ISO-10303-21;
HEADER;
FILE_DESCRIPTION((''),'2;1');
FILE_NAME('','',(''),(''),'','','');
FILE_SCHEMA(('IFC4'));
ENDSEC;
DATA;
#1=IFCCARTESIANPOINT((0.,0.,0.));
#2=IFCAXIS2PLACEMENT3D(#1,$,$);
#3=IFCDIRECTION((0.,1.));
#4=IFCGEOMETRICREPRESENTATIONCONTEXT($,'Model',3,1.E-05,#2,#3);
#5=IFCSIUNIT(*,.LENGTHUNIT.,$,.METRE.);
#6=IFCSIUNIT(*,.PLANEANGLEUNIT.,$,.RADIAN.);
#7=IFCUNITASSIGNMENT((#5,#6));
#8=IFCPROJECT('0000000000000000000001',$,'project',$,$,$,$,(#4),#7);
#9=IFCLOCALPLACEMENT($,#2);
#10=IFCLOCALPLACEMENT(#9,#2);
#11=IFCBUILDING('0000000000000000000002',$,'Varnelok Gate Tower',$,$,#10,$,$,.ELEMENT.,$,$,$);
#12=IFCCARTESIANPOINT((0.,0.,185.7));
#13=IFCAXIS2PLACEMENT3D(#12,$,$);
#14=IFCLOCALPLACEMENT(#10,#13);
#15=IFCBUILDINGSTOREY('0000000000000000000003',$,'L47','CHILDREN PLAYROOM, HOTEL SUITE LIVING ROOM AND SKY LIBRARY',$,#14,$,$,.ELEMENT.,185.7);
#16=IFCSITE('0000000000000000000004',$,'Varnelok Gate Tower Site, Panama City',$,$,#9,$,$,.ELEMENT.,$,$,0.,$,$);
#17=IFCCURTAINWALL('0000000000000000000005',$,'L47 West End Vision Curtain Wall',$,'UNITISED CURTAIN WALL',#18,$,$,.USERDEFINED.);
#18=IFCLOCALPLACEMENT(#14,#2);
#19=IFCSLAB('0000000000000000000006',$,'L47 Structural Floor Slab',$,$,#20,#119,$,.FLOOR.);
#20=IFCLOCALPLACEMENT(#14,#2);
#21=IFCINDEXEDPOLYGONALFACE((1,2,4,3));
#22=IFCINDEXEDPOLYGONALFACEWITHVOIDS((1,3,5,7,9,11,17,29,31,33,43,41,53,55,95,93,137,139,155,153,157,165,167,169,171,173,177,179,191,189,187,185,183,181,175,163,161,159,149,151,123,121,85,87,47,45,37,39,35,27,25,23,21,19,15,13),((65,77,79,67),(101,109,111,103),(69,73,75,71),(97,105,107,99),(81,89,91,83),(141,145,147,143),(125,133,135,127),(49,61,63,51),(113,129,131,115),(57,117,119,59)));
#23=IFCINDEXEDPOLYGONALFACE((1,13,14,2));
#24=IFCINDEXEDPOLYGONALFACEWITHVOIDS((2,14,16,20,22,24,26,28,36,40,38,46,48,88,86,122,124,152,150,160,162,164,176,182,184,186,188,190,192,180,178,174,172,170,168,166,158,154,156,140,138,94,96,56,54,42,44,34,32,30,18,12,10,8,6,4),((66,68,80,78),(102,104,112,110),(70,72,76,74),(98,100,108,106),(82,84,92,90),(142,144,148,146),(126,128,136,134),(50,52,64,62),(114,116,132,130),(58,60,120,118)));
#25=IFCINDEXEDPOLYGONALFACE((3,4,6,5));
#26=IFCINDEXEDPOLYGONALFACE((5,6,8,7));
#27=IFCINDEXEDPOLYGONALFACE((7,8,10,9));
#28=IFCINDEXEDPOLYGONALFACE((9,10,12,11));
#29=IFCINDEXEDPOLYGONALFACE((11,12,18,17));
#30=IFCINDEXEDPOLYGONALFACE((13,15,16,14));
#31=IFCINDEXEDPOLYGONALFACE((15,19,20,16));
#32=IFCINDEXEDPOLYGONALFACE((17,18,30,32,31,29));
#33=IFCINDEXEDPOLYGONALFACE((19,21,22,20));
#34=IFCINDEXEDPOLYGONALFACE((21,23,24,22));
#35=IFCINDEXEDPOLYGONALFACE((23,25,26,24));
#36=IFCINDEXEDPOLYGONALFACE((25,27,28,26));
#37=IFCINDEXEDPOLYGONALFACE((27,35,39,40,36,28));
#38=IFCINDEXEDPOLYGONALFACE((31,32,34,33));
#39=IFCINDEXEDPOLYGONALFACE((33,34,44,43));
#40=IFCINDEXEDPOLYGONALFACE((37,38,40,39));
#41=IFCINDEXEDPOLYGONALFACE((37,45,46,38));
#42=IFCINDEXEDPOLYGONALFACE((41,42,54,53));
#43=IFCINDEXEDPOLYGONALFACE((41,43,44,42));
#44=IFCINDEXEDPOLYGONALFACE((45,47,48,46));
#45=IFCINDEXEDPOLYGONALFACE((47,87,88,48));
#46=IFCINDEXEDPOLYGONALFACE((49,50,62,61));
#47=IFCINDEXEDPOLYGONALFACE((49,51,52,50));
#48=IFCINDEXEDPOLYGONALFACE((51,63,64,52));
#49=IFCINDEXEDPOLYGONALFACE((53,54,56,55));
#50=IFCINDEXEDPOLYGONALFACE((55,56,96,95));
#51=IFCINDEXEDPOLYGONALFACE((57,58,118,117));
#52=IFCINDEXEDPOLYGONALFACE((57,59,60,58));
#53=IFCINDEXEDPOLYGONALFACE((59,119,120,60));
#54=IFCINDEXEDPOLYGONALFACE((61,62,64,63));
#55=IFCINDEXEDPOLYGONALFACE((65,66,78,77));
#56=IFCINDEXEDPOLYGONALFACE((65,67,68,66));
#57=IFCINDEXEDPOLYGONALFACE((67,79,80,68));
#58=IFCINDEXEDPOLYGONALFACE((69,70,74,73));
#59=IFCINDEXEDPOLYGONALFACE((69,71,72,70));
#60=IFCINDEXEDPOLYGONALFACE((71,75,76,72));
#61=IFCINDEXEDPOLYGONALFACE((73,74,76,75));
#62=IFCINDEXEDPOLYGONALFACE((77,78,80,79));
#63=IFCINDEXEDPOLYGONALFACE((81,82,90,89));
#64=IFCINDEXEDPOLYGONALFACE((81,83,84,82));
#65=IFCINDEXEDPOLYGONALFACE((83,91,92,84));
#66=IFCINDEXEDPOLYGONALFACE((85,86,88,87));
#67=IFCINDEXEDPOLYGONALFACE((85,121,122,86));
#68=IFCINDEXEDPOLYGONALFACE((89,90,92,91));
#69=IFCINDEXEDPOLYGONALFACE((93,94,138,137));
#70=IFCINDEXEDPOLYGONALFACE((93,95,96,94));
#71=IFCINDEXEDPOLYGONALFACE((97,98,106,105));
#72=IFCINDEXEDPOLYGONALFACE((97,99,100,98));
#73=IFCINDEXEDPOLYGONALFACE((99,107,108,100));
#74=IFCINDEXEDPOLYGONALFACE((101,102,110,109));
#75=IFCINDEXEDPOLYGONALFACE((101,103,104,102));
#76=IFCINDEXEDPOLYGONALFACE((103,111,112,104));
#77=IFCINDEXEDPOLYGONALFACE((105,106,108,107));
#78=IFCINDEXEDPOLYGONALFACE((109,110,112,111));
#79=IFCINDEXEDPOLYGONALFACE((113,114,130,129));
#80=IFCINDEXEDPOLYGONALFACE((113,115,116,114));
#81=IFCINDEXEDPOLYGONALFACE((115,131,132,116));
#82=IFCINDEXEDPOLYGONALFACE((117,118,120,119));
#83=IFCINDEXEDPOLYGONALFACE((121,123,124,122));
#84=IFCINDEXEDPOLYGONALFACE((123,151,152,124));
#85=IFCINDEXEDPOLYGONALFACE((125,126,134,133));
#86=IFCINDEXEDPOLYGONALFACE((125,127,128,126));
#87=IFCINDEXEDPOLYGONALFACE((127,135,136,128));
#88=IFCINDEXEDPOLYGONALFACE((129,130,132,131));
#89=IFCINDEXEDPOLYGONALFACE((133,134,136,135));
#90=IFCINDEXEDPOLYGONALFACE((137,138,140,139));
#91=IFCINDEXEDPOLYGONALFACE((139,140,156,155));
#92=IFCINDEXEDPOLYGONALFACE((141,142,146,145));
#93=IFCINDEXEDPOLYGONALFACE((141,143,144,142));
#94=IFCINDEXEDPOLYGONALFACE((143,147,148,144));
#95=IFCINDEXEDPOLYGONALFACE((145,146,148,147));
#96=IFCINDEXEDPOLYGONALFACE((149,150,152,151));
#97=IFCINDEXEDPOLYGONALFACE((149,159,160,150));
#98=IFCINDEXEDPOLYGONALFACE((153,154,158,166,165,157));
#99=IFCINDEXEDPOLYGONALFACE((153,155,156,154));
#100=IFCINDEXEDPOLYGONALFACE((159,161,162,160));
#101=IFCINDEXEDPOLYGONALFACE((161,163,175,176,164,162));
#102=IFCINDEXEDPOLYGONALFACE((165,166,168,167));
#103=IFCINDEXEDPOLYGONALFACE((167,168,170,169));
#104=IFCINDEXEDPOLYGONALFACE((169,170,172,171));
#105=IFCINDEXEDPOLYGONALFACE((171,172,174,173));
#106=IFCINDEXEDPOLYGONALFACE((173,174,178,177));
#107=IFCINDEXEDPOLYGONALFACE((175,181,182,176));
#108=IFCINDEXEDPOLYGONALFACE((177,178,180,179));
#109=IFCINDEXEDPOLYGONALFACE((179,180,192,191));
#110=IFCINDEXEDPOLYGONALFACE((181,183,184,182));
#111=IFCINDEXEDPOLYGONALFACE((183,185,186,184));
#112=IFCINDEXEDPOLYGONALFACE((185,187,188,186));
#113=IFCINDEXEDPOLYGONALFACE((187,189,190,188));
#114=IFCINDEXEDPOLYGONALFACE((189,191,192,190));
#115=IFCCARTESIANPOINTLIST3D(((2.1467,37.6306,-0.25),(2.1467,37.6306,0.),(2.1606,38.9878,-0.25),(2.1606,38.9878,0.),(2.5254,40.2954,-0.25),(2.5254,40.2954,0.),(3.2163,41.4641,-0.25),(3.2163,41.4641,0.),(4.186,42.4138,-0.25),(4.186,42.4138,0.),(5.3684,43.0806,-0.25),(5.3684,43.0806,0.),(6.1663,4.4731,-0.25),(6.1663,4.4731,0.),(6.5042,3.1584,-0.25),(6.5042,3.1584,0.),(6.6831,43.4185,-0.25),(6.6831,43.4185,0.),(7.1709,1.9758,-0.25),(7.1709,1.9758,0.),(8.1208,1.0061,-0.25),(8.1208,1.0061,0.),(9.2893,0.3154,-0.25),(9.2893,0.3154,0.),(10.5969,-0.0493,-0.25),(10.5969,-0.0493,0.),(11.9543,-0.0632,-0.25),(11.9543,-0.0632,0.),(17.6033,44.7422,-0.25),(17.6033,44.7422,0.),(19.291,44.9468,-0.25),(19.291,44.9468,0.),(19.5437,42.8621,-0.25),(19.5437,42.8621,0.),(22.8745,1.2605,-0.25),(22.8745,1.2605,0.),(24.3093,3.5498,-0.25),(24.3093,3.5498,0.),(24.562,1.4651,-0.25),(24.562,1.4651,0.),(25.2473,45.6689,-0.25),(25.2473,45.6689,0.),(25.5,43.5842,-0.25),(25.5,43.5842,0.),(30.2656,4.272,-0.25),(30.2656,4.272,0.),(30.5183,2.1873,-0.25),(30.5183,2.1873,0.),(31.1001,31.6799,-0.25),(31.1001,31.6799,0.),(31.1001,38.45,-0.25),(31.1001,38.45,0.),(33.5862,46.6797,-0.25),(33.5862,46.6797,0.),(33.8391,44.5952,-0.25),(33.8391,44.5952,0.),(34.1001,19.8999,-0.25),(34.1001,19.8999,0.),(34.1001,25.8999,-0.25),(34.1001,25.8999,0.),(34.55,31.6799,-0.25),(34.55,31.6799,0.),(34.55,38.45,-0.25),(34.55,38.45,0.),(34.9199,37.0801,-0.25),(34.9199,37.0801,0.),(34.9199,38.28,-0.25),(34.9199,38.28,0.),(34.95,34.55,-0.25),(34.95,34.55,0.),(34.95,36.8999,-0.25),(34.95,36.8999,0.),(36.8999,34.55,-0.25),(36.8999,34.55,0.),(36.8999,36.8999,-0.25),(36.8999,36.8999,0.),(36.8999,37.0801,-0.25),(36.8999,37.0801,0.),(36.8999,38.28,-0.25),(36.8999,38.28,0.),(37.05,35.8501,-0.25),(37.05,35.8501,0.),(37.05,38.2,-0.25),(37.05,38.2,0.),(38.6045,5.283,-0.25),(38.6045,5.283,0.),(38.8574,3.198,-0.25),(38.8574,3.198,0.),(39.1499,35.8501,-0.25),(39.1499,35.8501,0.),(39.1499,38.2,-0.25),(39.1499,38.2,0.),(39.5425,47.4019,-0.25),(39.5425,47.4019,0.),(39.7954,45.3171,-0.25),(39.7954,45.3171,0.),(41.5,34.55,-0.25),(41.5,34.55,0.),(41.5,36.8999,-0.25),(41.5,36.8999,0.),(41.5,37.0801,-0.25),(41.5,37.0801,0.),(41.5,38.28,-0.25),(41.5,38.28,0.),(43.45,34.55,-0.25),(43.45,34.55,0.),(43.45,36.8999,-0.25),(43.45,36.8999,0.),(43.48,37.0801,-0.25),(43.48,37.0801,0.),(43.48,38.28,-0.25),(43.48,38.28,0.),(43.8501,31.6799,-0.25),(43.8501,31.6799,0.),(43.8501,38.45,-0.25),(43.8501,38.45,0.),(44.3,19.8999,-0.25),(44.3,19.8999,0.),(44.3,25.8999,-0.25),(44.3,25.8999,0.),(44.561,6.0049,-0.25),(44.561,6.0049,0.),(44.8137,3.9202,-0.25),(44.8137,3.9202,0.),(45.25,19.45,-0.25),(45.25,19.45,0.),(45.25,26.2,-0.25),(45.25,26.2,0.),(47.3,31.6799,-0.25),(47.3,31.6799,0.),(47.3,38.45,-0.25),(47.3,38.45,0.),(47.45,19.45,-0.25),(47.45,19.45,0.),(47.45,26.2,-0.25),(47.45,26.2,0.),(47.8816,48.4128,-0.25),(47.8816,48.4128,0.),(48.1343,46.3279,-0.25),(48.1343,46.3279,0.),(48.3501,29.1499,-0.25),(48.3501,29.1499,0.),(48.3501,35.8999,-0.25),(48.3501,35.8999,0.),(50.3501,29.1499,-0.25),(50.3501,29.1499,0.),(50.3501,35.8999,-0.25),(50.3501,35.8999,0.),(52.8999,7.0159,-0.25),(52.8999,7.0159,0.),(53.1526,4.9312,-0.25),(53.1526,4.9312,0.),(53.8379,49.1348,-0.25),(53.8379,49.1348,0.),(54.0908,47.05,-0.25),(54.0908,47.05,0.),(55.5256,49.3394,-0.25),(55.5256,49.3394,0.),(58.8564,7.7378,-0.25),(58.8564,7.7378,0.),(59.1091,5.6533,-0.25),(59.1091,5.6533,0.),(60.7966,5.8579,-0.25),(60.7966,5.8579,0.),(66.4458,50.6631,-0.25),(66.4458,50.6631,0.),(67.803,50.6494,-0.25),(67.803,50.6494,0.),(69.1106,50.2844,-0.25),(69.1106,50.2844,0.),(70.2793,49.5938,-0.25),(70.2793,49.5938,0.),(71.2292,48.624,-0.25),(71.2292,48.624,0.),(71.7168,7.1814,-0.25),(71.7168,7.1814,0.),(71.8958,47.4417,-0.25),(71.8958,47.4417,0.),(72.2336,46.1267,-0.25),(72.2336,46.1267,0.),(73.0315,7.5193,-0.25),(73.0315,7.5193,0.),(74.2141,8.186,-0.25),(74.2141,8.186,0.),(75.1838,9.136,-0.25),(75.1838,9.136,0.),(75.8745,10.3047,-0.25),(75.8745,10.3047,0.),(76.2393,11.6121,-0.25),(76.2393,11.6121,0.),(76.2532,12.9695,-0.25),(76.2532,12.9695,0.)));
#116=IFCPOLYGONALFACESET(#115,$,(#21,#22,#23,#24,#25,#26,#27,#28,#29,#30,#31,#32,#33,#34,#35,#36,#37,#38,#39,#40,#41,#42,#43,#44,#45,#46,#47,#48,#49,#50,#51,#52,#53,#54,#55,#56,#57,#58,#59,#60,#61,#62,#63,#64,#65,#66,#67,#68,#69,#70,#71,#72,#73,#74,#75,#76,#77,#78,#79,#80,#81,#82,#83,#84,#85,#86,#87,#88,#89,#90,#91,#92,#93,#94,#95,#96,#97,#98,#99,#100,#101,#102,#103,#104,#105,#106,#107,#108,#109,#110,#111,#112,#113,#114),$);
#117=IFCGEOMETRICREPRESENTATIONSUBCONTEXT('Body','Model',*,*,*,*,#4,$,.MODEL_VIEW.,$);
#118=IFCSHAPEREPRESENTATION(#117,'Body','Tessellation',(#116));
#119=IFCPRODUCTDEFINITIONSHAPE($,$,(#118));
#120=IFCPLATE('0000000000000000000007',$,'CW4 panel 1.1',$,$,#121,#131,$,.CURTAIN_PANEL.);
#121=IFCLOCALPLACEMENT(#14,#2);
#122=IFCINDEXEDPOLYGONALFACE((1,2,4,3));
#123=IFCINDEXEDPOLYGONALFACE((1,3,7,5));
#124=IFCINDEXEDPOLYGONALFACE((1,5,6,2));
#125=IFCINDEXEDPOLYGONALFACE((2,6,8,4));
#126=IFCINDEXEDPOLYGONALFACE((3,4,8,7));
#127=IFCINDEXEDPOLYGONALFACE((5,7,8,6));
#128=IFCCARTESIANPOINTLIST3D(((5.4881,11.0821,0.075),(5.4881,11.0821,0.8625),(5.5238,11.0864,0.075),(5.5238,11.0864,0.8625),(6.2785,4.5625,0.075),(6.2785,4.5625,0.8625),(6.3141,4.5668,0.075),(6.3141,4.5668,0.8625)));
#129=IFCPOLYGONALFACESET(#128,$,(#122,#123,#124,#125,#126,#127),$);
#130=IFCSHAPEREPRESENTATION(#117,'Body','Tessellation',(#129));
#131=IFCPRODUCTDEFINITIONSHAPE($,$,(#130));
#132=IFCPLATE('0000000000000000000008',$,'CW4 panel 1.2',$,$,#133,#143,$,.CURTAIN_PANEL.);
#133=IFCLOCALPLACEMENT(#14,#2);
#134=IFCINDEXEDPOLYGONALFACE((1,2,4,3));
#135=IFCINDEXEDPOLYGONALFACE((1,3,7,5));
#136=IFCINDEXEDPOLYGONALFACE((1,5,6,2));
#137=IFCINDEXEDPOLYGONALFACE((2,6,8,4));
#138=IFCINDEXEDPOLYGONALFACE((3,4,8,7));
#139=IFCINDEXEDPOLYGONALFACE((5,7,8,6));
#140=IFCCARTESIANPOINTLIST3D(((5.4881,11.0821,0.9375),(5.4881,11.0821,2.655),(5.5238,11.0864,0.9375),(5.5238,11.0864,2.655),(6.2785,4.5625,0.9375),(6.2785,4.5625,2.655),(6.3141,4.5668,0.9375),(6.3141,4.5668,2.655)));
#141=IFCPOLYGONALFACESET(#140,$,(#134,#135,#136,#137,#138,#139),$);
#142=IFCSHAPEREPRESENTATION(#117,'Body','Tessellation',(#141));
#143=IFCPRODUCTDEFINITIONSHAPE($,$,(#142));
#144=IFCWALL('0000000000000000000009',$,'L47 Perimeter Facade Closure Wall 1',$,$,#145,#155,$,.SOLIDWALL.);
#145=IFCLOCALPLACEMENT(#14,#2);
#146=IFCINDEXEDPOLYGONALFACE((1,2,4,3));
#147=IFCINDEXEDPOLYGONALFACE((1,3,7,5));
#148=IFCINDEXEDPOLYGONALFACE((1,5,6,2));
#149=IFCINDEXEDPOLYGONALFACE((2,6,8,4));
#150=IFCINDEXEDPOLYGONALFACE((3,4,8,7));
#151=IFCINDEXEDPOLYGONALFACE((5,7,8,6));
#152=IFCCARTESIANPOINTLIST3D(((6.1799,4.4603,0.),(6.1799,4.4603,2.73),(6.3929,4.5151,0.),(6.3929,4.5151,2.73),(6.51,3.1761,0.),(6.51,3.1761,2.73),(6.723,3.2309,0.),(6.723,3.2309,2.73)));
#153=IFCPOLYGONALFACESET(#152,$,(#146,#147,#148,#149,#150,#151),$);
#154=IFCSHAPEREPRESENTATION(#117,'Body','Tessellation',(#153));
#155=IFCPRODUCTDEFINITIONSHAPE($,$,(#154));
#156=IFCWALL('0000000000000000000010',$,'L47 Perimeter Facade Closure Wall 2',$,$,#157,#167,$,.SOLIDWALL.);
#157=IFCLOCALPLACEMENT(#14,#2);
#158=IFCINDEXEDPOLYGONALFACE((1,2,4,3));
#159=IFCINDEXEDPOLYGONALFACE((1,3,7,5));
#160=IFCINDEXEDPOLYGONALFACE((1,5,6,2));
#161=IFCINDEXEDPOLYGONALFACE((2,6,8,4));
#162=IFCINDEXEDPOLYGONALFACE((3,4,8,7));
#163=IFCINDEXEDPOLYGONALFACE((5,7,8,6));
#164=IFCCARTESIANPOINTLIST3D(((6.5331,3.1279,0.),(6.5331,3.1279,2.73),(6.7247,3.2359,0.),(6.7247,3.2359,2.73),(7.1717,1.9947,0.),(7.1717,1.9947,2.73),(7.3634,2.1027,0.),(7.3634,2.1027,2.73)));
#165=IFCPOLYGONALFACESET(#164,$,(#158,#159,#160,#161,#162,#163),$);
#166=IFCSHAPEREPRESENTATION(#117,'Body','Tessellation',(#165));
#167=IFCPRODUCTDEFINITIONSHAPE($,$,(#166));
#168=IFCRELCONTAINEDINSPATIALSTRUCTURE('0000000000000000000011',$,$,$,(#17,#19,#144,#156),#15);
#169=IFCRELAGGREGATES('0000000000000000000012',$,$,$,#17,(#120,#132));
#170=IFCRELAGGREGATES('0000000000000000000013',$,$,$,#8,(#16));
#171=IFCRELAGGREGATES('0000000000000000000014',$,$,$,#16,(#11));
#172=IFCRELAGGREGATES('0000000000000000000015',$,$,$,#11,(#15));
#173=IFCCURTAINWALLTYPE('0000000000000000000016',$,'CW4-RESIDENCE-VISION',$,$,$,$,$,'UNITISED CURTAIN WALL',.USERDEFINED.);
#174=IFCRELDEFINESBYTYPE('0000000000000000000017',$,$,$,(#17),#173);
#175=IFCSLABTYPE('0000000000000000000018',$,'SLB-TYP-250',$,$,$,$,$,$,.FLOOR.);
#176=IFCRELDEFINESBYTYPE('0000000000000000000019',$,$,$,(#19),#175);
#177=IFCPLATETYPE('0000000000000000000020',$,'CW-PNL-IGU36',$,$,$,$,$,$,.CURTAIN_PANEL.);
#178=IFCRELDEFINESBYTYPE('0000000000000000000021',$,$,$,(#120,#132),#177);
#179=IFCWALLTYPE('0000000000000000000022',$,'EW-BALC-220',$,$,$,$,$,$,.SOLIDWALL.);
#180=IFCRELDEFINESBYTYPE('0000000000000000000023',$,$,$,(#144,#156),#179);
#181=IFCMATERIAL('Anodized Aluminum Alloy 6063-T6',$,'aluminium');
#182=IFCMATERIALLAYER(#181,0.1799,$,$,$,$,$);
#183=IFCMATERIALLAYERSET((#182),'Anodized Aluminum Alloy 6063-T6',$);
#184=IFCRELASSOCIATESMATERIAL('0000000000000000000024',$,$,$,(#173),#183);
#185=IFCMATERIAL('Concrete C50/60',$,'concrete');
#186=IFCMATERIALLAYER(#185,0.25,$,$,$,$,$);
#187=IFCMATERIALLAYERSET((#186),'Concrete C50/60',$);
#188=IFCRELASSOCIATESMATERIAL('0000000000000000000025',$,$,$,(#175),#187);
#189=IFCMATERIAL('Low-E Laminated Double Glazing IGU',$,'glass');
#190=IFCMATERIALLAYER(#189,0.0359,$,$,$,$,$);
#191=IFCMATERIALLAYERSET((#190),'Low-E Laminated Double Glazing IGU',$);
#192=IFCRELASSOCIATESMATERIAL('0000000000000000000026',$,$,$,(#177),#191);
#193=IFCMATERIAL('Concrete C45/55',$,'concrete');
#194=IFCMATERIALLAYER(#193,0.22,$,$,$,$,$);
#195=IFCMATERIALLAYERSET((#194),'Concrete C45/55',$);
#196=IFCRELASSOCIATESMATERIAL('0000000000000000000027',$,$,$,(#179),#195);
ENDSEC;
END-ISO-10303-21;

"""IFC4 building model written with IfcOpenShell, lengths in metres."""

from ifc_helpers import new_model, si_unit, direction, frame, frame_2d, origin, origin_2d, place, context, subcontext, project, spatial, polyline, rectangle, outline, extrude, source, transform, mapped, material, layer, layer_set, type_object, element, aggregate, save


model = new_model("IFC4")

# Units and contexts
model_context = context("Model", 3, precision=1e-05, world=origin(), true_north=direction((0.0, 1.0)))
body_context = subcontext(model_context, "Body", "Model", "MODEL_VIEW")
ifc_project = project(units=[si_unit("LENGTHUNIT", "METRE"), si_unit("PLANEANGLEUNIT", "RADIAN")], contexts=[model_context])

# Site, building, storey
site_placement = place(None, origin())
site = spatial("IfcSite", under=ifc_project, at=site_placement, Name="Varnelok Gate Tower Site, Panama City", CompositionType="ELEMENT", RefElevation=0.0)
building_placement = place(site_placement, origin())
building = spatial("IfcBuilding", under=site, at=building_placement, Name="Varnelok Gate Tower", CompositionType="ELEMENT")
storey_placement = place(building_placement, frame((0.0, 0.0, 185.7)))
storey = spatial("IfcBuildingStorey", under=building, at=storey_placement, Name="L47", Description="CHILDREN PLAYROOM, HOTEL SUITE LIVING ROOM AND SKY LIBRARY", CompositionType="ELEMENT", Elevation=185.7)

# Curtain wall
ifc_material_1 = material(Name="Anodized Aluminum Alloy 6063-T6", Category="aluminium")
ifc_layer_1 = layer(ifc_material_1, 0.1799)
ifc_layer_set_1 = layer_set([ifc_layer_1], Name="Anodized Aluminum Alloy 6063-T6")
curtain_wall_type = type_object("IfcCurtainWallType", Name="CW4-RESIDENCE-VISION", ElementType="UNITISED CURTAIN WALL", PredefinedType="USERDEFINED", material=ifc_layer_set_1)
curtain_wall_placement = place(storey_placement, origin())
curtain_wall = element("IfcCurtainWall", 1, at=curtain_wall_placement, inside=storey, type_object=curtain_wall_type, Name="L47 West End Vision Curtain Wall", ObjectType="UNITISED CURTAIN WALL", PredefinedType="USERDEFINED")

# Shared definitions
ifc_material_2 = material(Name="Concrete C45/55", Category="concrete")

# Shared definitions
ifc_material_3 = material(Name="Concrete C50/60", Category="concrete")

# Slab
ifc_layer_2 = layer(ifc_material_3, 0.25)
ifc_layer_set_2 = layer_set([ifc_layer_2], Name="Concrete C50/60")
slab_type_1 = type_object("IfcSlabType", Name="SLB-TYP-250", PredefinedType="FLOOR", material=ifc_layer_set_2)
slab_1_placement = place(storey_placement, frame((0.0, 0.0, -0.25)))
element("IfcSlab", 2, at=slab_1_placement, inside=storey, type_object=slab_type_1, Name="L47 Structural Floor Slab", PredefinedType="FLOOR", context=body_context, shape_type="SweptSolid", body=[
    extrude(outline(polyline([(6.1663, 4.4731), (6.5042, 3.1584), (7.1709, 1.9758), (8.1208, 1.0061), (9.2893, 0.3154), (10.5969, -0.0493), (11.9543, -0.0632), (22.8745, 1.2605), (24.562, 1.4651), (24.3093, 3.5498), (30.2656, 4.272), (30.5183, 2.1873), (38.8574, 3.198), (38.6045, 5.283), (44.561, 6.0049), (44.8137, 3.9202), (53.1526, 4.9312), (52.8999, 7.0159), (58.8564, 7.7378), (59.1091, 5.6533), (60.7966, 5.8579), (71.7168, 7.1814), (73.0315, 7.5193), (74.2141, 8.186), (75.1838, 9.136), (75.8745, 10.3047), (76.2393, 11.6121), (76.2532, 12.9695), (72.2336, 46.1267), (71.8958, 47.4417), (71.2292, 48.624), (70.2793, 49.5938), (69.1106, 50.2844), (67.803, 50.6494), (66.4458, 50.6631), (55.5256, 49.3394), (53.8379, 49.1348), (54.0908, 47.05), (48.1343, 46.3279), (47.8816, 48.4128), (39.5425, 47.4019), (39.7954, 45.3171), (33.8391, 44.5952), (33.5862, 46.6797), (25.2473, 45.6689), (25.5, 43.5842), (19.5437, 42.8621), (19.291, 44.9468), (17.6033, 44.7422), (6.6831, 43.4185), (5.3684, 43.0806), (4.186, 42.4138), (3.2163, 41.4641), (2.5254, 40.2954), (2.1606, 38.9878), (2.1467, 37.6306), (6.1663, 4.4731)]), holes=[polyline([(34.55, 31.6799), (34.55, 38.45), (31.1001, 38.45), (31.1001, 31.6799), (34.55, 31.6799)]), polyline([(47.3, 31.6799), (47.3, 38.45), (43.8501, 38.45), (43.8501, 31.6799), (47.3, 31.6799)]), polyline([(34.95, 34.55), (36.8999, 34.55), (36.8999, 36.8999), (34.95, 36.8999), (34.95, 34.55)]), polyline([(41.5, 34.55), (43.45, 34.55), (43.45, 36.8999), (41.5, 36.8999), (41.5, 34.55)]), polyline([(37.05, 35.8501), (39.1499, 35.8501), (39.1499, 38.2), (37.05, 38.2), (37.05, 35.8501)]), polyline([(48.3501, 29.1499), (50.3501, 29.1499), (50.3501, 35.8999), (48.3501, 35.8999), (48.3501, 29.1499)]), polyline([(45.25, 19.45), (47.45, 19.45), (47.45, 26.2), (45.25, 26.2), (45.25, 19.45)]), polyline([(34.9199, 37.0801), (36.8999, 37.0801), (36.8999, 38.28), (34.9199, 38.28), (34.9199, 37.0801)]), polyline([(41.5, 37.0801), (43.48, 37.0801), (43.48, 38.28), (41.5, 38.28), (41.5, 37.0801)]), polyline([(34.1001, 19.8999), (44.3, 19.8999), (44.3, 25.8999), (34.1001, 25.8999), (34.1001, 19.8999)])]), origin(), (0.0, 0.0, 1.0), 0.25),
])

# Plates
ifc_material_4 = material(Name="Low-E Laminated Double Glazing IGU", Category="glass")
ifc_layer_3 = layer(ifc_material_4, 0.0359)
ifc_layer_set_3 = layer_set([ifc_layer_3], Name="Low-E Laminated Double Glazing IGU")
plate_type = type_object("IfcPlateType", Name="CW-PNL-IGU36", PredefinedType="CURTAIN_PANEL", material=ifc_layer_set_3)
shared_shape_1 = source(origin(), body_context, "Body", "SweptSolid", [
    extrude(rectangle(XDim=6.5674, YDim=0.0359, at=origin_2d()), origin(), (0.0, 0.0, 1.0), 0.7876),
])
plate_1_placement = place(storey_placement, frame((5.9011, 7.8245, 0.075), z_axis=(0.0, 0.0, 1.0), x_axis=(-0.120345, 0.992732, 0.0)))
plate_1 = element("IfcPlate", 3, at=plate_1_placement, type_object=plate_type, Name="CW4 panel 1.1", PredefinedType="CURTAIN_PANEL", context=body_context, shape_type="MappedRepresentation", body=[
    mapped(shared_shape_1, transform((0.0, 0.0, 0.0), scale=1.0)),
])
shared_shape_2 = source(origin(), body_context, "Body", "SweptSolid", [
    extrude(rectangle(XDim=6.5674, YDim=0.0359, at=origin_2d()), origin(), (0.0, 0.0, 1.0), 1.7175),
])
plate_2_placement = place(storey_placement, frame((5.9011, 7.8245, 0.9375), z_axis=(0.0, 0.0, 1.0), x_axis=(-0.120345, 0.992732, 0.0)))
plate_2 = element("IfcPlate", 4, at=plate_2_placement, type_object=plate_type, Name="CW4 panel 1.2", PredefinedType="CURTAIN_PANEL", context=body_context, shape_type="MappedRepresentation", body=[
    mapped(shared_shape_2, transform((0.0, 0.0, 0.0), scale=1.0)),
])
aggregate(curtain_wall, [plate_1, plate_2])

# Walls
ifc_layer_4 = layer(ifc_material_2, 0.22)
ifc_layer_set_4 = layer_set([ifc_layer_4], Name="Concrete C45/55")
wall_type = type_object("IfcWallType", Name="EW-BALC-220", PredefinedType="SOLIDWALL", material=ifc_layer_set_4)
wall_1_placement = place(storey_placement, frame((6.2864, 4.4878, 0.0), z_axis=(0.0, 0.0, 1.0), x_axis=(0.248942, -0.968518, 0.0)))
element("IfcWall", 5, at=wall_1_placement, inside=storey, type_object=wall_type, Name="L47 Perimeter Facade Closure Wall 1", PredefinedType="SOLIDWALL", context=body_context, shape_type="SweptSolid", body=[
    extrude(rectangle(XDim=1.3259, YDim=0.22, at=frame_2d((0.6631, 0.0))), origin(), (0.0, 0.0, 1.0), 2.73),
])
wall_2_placement = place(storey_placement, frame((6.6289, 3.1819, 0.0), z_axis=(0.0, 0.0, 1.0), x_axis=(0.490956, -0.871184, 0.0)))
element("IfcWall", 6, at=wall_2_placement, inside=storey, type_object=wall_type, Name="L47 Perimeter Facade Closure Wall 2", PredefinedType="SOLIDWALL", context=body_context, shape_type="SweptSolid", body=[
    extrude(rectangle(XDim=1.3008, YDim=0.22, at=frame_2d((0.6504, 0.0))), origin(), (0.0, 0.0, 1.0), 2.73),
])

save(model, "model.ifc")
